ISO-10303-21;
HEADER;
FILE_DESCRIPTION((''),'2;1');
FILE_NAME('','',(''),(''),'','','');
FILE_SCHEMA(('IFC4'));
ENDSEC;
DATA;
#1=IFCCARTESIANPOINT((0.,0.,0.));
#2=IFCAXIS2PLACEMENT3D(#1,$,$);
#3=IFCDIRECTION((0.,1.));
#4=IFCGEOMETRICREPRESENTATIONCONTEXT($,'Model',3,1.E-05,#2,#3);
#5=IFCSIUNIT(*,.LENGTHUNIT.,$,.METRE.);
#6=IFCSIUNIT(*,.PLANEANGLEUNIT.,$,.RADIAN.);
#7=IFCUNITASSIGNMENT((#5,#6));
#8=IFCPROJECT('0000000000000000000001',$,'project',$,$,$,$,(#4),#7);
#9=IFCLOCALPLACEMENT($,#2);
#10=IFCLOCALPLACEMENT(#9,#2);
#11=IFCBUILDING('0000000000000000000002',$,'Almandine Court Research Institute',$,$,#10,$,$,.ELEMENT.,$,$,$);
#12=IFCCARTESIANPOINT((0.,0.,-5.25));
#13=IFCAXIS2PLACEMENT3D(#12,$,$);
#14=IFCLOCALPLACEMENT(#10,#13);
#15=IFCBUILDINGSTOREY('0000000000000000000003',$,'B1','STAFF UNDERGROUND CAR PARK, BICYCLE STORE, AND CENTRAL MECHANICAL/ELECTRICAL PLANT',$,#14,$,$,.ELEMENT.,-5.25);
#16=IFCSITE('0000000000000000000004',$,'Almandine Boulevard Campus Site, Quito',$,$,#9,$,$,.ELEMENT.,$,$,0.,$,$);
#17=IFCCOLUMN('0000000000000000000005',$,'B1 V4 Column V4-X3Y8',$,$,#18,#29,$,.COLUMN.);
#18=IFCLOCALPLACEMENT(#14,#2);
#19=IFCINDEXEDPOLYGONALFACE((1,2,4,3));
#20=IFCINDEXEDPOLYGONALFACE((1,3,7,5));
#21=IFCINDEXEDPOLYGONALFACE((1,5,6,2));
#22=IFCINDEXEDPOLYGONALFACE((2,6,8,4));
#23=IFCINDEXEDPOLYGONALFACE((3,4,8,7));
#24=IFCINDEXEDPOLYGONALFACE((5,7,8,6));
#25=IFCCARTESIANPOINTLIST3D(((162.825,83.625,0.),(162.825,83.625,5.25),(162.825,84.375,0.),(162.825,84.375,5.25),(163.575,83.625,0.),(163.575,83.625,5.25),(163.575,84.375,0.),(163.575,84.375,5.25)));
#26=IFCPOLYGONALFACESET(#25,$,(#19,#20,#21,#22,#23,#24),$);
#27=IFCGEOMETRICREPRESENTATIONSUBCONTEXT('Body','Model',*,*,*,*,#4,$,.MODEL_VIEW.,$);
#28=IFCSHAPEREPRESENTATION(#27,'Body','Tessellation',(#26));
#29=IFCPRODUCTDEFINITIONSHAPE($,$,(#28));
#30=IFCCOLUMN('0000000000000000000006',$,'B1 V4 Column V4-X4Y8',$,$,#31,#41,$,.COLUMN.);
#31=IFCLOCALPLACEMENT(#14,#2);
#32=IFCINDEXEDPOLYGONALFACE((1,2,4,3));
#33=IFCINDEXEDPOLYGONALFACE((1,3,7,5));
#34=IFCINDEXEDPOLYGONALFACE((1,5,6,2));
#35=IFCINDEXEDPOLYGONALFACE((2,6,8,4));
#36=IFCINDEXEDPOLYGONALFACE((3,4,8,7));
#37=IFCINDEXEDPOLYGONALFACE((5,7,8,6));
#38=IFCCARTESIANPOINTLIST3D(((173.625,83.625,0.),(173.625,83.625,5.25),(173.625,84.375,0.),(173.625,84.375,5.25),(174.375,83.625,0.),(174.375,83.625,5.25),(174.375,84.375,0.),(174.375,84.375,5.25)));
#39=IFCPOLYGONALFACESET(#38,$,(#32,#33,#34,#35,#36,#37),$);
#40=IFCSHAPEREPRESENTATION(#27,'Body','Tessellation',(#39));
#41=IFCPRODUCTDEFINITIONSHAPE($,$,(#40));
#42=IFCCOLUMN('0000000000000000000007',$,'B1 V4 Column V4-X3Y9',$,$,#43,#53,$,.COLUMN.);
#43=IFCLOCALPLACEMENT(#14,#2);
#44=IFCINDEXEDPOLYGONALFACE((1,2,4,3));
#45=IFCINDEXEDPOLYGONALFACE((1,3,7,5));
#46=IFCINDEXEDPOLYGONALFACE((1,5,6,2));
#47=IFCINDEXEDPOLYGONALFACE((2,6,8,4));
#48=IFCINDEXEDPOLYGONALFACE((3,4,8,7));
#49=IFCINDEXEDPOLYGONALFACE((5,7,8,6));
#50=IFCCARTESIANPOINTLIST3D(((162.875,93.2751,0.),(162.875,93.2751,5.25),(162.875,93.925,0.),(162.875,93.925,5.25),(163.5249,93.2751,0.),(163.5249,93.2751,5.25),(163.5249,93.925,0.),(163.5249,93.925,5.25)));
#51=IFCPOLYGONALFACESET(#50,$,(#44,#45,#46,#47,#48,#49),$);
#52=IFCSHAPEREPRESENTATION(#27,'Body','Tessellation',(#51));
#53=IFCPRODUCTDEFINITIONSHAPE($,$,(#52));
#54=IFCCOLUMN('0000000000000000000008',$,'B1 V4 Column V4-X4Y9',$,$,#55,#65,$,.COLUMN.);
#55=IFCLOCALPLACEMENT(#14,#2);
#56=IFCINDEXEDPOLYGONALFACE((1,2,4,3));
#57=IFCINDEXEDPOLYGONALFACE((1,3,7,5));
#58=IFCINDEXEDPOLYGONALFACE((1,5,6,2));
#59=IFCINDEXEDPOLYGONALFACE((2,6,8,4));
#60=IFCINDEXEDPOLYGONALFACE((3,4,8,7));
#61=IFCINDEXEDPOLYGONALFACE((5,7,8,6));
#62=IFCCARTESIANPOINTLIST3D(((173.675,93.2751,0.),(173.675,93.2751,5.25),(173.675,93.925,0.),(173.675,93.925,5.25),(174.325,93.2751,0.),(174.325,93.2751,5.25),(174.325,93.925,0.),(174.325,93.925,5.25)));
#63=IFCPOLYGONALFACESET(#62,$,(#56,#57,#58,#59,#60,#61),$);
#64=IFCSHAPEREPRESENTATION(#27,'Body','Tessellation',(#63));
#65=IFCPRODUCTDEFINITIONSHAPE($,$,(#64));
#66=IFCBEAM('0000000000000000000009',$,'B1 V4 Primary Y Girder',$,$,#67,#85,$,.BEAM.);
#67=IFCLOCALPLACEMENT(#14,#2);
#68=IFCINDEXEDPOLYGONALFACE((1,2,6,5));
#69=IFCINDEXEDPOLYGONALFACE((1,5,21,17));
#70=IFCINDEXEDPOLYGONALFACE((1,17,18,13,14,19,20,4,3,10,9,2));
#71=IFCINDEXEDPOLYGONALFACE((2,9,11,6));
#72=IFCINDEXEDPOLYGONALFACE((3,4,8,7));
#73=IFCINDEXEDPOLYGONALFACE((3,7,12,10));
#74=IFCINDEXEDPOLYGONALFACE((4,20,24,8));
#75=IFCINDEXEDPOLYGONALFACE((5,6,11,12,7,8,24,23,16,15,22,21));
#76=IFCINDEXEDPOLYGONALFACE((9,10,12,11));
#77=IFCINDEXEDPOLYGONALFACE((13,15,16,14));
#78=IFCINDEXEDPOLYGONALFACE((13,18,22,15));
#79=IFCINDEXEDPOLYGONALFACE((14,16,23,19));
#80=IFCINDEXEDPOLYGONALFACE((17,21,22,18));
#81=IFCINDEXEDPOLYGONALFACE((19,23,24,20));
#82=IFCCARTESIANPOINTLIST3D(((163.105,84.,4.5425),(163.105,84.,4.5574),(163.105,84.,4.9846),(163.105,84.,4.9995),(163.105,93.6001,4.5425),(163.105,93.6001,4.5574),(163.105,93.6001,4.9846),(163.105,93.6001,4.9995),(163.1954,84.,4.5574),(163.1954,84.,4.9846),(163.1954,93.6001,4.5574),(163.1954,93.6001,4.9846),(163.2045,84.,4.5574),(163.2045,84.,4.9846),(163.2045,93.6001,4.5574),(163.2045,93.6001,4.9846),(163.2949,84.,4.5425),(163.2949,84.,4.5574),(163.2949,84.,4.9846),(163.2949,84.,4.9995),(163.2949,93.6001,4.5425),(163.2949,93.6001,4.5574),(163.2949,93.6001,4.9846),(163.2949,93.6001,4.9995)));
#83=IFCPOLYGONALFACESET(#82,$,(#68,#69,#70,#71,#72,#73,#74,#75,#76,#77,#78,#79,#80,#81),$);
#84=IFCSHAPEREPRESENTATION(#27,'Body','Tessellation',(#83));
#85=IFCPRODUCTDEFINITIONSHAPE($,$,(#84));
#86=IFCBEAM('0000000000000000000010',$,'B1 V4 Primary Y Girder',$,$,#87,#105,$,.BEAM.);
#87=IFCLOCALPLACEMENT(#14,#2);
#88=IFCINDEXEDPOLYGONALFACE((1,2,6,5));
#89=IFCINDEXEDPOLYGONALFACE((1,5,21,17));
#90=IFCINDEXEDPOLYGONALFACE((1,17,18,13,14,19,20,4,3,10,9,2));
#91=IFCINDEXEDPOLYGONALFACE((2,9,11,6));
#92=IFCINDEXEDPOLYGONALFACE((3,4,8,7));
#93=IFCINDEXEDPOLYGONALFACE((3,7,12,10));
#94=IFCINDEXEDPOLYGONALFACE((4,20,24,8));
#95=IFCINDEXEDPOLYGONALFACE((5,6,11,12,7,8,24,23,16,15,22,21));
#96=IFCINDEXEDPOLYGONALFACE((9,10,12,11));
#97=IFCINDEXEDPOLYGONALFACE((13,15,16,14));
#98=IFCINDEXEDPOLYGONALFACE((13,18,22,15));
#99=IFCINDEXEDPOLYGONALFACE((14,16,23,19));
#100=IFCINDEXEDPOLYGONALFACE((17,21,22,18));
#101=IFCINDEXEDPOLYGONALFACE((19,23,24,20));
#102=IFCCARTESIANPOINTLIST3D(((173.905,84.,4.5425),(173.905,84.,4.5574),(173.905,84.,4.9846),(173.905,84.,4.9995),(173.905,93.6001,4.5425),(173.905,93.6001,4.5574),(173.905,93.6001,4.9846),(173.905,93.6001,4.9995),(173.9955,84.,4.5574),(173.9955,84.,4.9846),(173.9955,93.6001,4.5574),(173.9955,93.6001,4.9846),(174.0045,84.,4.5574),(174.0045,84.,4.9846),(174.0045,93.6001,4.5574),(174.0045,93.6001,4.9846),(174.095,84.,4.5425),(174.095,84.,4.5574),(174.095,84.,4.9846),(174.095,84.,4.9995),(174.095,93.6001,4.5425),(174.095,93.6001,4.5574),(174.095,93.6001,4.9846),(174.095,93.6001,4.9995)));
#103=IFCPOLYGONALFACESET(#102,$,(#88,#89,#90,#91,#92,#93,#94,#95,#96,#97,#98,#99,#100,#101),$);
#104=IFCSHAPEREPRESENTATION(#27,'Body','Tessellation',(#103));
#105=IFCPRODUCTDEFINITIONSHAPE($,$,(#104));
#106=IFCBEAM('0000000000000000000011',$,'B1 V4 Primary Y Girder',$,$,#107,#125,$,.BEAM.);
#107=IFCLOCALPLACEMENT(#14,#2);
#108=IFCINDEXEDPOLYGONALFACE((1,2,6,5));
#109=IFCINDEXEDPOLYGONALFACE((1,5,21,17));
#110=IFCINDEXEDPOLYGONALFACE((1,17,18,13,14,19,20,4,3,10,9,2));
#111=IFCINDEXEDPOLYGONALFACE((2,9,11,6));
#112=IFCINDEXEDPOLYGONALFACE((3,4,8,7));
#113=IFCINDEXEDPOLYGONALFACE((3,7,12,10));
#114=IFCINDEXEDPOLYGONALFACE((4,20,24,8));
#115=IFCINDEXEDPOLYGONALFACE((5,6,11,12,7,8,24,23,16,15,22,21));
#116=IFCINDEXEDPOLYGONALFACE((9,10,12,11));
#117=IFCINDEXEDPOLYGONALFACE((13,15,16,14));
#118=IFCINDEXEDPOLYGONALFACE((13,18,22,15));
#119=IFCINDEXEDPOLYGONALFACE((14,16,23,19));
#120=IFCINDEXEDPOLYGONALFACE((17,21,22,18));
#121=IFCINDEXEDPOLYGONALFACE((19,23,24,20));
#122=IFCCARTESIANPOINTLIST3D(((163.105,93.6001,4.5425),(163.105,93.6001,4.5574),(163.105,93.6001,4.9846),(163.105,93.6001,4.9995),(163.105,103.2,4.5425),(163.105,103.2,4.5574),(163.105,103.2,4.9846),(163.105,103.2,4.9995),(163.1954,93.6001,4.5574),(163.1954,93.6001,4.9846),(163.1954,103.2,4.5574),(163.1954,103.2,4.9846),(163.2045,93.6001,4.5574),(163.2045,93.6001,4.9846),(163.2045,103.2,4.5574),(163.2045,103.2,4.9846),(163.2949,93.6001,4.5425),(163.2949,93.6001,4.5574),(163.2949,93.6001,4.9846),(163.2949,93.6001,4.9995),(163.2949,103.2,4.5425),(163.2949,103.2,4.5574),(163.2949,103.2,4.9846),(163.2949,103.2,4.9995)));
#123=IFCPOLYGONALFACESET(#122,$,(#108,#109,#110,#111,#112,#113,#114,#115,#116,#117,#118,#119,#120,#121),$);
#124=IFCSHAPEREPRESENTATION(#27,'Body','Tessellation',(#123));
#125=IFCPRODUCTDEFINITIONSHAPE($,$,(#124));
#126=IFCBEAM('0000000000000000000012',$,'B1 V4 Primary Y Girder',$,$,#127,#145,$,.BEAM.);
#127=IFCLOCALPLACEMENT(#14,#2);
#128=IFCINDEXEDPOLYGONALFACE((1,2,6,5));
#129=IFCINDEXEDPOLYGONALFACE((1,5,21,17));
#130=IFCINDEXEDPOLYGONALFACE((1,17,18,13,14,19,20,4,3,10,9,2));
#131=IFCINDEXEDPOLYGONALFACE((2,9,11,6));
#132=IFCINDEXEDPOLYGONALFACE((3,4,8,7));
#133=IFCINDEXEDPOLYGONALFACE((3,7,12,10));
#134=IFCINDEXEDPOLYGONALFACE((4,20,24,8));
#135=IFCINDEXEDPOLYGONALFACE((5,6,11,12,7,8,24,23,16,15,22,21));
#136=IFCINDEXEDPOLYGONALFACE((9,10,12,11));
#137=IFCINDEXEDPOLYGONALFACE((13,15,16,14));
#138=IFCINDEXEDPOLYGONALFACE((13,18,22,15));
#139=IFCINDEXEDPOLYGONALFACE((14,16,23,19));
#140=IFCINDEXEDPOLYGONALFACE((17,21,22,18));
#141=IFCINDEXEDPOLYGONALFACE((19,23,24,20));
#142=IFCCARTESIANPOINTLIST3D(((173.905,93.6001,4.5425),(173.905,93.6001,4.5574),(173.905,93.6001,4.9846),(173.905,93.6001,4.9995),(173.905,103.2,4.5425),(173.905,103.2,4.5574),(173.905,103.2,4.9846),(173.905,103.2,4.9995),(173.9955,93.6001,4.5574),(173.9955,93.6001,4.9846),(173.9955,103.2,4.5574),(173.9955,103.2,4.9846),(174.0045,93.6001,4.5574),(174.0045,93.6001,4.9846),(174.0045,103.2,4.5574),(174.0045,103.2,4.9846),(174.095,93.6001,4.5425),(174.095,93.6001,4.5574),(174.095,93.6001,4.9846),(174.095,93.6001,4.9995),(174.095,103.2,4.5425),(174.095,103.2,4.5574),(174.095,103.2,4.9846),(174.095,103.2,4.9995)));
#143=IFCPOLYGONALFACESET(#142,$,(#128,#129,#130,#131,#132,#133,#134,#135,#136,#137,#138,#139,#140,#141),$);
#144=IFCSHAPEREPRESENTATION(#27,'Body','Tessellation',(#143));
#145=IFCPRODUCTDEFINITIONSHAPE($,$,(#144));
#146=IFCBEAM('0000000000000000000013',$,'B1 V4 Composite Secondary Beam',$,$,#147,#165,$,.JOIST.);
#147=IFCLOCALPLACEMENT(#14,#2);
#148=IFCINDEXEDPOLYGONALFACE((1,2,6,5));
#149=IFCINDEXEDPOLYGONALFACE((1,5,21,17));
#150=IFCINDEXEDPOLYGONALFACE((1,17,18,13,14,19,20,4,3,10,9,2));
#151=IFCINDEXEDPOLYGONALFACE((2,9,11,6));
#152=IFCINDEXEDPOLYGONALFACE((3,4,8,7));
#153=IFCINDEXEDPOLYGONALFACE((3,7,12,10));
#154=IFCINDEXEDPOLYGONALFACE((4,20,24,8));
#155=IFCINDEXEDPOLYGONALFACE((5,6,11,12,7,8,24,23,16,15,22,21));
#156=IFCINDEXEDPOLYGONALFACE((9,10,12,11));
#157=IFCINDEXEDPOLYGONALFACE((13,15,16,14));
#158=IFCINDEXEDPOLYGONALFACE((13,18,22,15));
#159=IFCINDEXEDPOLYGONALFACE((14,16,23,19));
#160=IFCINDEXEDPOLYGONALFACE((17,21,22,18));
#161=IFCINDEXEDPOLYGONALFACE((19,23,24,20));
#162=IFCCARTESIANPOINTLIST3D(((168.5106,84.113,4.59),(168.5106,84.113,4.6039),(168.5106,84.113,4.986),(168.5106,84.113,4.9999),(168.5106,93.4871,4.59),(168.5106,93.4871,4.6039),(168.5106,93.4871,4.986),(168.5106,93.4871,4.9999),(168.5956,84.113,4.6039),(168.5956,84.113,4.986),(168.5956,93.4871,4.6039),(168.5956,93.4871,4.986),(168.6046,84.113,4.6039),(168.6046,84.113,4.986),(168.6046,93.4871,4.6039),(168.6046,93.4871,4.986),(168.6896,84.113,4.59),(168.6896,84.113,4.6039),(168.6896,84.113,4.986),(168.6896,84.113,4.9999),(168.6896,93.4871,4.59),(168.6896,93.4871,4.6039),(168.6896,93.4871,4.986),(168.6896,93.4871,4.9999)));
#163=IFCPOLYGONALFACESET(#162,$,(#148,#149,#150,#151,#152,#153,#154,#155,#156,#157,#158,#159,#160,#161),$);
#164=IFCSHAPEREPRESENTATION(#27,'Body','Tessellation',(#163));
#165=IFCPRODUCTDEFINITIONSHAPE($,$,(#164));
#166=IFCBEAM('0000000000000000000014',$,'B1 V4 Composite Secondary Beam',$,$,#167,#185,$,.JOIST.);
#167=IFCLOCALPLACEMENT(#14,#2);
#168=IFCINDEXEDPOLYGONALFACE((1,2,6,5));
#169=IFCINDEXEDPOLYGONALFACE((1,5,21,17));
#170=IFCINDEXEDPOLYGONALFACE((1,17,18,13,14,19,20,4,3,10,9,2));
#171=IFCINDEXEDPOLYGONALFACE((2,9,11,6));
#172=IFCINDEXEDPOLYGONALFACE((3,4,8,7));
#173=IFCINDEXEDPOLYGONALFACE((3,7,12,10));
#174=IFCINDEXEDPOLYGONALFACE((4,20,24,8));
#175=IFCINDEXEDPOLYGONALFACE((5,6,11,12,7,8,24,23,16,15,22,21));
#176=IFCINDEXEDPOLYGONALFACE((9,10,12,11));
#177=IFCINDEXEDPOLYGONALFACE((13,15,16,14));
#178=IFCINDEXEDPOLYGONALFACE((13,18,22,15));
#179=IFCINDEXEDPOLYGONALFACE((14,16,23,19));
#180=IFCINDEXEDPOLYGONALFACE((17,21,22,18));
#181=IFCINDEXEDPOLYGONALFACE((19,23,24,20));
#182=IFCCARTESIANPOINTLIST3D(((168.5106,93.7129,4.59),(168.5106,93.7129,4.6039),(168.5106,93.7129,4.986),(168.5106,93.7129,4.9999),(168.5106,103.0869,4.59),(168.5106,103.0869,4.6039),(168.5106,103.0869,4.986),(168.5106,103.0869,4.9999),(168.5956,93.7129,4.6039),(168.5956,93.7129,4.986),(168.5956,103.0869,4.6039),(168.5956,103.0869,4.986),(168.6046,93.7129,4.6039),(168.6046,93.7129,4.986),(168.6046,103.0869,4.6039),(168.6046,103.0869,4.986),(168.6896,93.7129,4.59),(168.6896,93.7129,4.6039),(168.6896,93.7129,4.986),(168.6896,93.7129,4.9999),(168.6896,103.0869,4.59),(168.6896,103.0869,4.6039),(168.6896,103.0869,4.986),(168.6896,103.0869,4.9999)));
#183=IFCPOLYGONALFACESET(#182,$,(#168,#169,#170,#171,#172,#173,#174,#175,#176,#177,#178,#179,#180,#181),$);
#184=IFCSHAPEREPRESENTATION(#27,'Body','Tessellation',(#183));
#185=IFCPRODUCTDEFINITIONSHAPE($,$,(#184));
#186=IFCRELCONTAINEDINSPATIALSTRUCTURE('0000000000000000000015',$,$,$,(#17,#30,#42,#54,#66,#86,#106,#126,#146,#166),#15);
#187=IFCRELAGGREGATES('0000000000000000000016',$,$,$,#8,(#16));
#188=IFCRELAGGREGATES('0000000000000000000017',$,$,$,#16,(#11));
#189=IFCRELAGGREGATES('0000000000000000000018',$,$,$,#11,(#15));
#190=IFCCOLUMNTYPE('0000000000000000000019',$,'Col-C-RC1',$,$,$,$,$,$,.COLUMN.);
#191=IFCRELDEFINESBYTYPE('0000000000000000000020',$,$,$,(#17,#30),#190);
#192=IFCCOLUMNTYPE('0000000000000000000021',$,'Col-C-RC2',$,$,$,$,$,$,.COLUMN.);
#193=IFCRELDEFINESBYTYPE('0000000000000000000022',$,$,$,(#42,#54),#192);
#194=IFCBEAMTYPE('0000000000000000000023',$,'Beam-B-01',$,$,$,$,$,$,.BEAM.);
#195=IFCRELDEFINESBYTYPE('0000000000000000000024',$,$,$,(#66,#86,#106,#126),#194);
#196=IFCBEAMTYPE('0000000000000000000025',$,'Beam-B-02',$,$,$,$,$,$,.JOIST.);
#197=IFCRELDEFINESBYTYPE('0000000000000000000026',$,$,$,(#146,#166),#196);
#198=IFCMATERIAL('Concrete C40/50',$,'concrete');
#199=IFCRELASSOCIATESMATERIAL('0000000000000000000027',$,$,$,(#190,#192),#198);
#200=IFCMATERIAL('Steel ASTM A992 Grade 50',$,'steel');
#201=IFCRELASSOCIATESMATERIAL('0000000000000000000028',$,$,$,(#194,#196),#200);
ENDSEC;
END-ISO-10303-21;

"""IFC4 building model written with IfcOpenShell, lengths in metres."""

from ifc_helpers import new_model, si_unit, direction, frame, origin, origin_2d, place, context, subcontext, project, spatial, rectangle, i_section, extrude, material, material_profile, profile_set, type_object, element, save


model = new_model("IFC4")

# Units and contexts
model_context = context("Model", 3, precision=1e-05, world=origin(), true_north=direction((0.0, 1.0)))
body_context = subcontext(model_context, "Body", "Model", "MODEL_VIEW")
ifc_project = project(units=[si_unit("LENGTHUNIT", "METRE"), si_unit("PLANEANGLEUNIT", "RADIAN")], contexts=[model_context])

# Site, building, storey
site_placement = place(None, origin())
site = spatial("IfcSite", under=ifc_project, at=site_placement, Name="Almandine Boulevard Campus Site, Quito", CompositionType="ELEMENT", RefElevation=0.0)
building_placement = place(site_placement, origin())
building = spatial("IfcBuilding", under=site, at=building_placement, Name="Almandine Court Research Institute", CompositionType="ELEMENT")
storey_placement = place(building_placement, frame((0.0, 0.0, -5.25)))
storey = spatial("IfcBuildingStorey", under=building, at=storey_placement, Name="B1", Description="STAFF UNDERGROUND CAR PARK, BICYCLE STORE, AND CENTRAL MECHANICAL/ELECTRICAL PLANT", CompositionType="ELEMENT", Elevation=-5.25)

# Columns
ifc_material_1 = material(Name="Concrete C40/50", Category="concrete")
ifc_material_profile_1 = material_profile(ifc_material_1, rectangle(XDim=0.75, YDim=0.75, at=origin_2d()), Name="RC 750x750")
ifc_profile_set_1 = profile_set([ifc_material_profile_1], Name="Concrete C40/50")
column_type_1 = type_object("IfcColumnType", Name="Col-C-RC1", PredefinedType="COLUMN", material=ifc_profile_set_1)
for number, where, z_axis, x_axis, name in (
    (1, (163.2, 84.0, 0.0), (0.0, 0.0, 1.0), (1.0, 0.0, 0.0), "B1 V4 Column V4-X3Y8"),
    (2, (174.0, 84.0, 0.0), (0.0, 0.0, 1.0), (1.0, 0.0, 0.0), "B1 V4 Column V4-X4Y8"),
):
    element("IfcColumn", number, at=place(storey_placement, frame(where, z_axis=z_axis, x_axis=x_axis)), inside=storey, type_object=column_type_1, Name=name, PredefinedType="COLUMN", context=body_context, shape_type="SweptSolid", body=[
        extrude(rectangle(XDim=0.75, YDim=0.75, at=origin_2d()), origin(), (0.0, 0.0, 1.0), 5.25),
    ])
ifc_material_profile_2 = material_profile(ifc_material_1, rectangle(XDim=0.6499, YDim=0.6499, at=origin_2d()), Name="RC 650x650")
ifc_profile_set_2 = profile_set([ifc_material_profile_2], Name="Concrete C40/50")
column_type_2 = type_object("IfcColumnType", Name="Col-C-RC2", PredefinedType="COLUMN", material=ifc_profile_set_2)
for number, where, z_axis, x_axis, name in (
    (3, (163.2, 93.6001, 0.0), (0.0, 0.0, 1.0), (1.0, 0.0, 0.0), "B1 V4 Column V4-X3Y9"),
    (4, (174.0, 93.6001, 0.0), (0.0, 0.0, 1.0), (1.0, 0.0, 0.0), "B1 V4 Column V4-X4Y9"),
):
    element("IfcColumn", number, at=place(storey_placement, frame(where, z_axis=z_axis, x_axis=x_axis)), inside=storey, type_object=column_type_2, Name=name, PredefinedType="COLUMN", context=body_context, shape_type="SweptSolid", body=[
        extrude(rectangle(XDim=0.6499, YDim=0.6499, at=origin_2d()), origin(), (0.0, 0.0, 1.0), 5.25),
    ])

# Beams
ifc_material_2 = material(Name="Steel ASTM A992 Grade 50", Category="steel")
ifc_material_profile_3 = material_profile(ifc_material_2, i_section(OverallWidth=0.1899, OverallDepth=0.457, WebThickness=0.009, FlangeThickness=0.0149, at=origin_2d()), Name="W460x74")
ifc_profile_set_3 = profile_set([ifc_material_profile_3], Name="Steel ASTM A992 Grade 50")
beam_type_1 = type_object("IfcBeamType", Name="Beam-B-01", PredefinedType="BEAM", material=ifc_profile_set_3)
for number, where, z_axis, x_axis, name in (
    (5, (163.2, 84.0, 4.771), (0.0, 1.0, 0.0), (-1.0, 0.0, 0.0), "B1 V4 Primary Y Girder"),
    (6, (174.0, 84.0, 4.771), (0.0, 1.0, 0.0), (-1.0, 0.0, 0.0), "B1 V4 Primary Y Girder"),
):
    element("IfcBeam", number, at=place(storey_placement, frame(where, z_axis=z_axis, x_axis=x_axis)), inside=storey, type_object=beam_type_1, Name=name, PredefinedType="BEAM", context=body_context, shape_type="SweptSolid", body=[
        extrude(i_section(OverallWidth=0.1899, OverallDepth=0.457, WebThickness=0.009, FlangeThickness=0.0149, at=origin_2d()), origin(), (0.0, 0.0, 1.0), 9.6001),
    ])
for number, where, z_axis, x_axis, name in (
    (7, (163.2, 93.6001, 4.771), (0.0, 1.0, 0.0), (-1.0, 0.0, 0.0), "B1 V4 Primary Y Girder"),
    (8, (174.0, 93.6001, 4.771), (0.0, 1.0, 0.0), (-1.0, 0.0, 0.0), "B1 V4 Primary Y Girder"),
):
    element("IfcBeam", number, at=place(storey_placement, frame(where, z_axis=z_axis, x_axis=x_axis)), inside=storey, type_object=beam_type_1, Name=name, PredefinedType="BEAM", context=body_context, shape_type="SweptSolid", body=[
        extrude(i_section(OverallWidth=0.1899, OverallDepth=0.457, WebThickness=0.009, FlangeThickness=0.0149, at=origin_2d()), origin(), (0.0, 0.0, 1.0), 9.5999),
    ])
ifc_material_profile_4 = material_profile(ifc_material_2, i_section(OverallWidth=0.179, OverallDepth=0.4099, WebThickness=0.009, FlangeThickness=0.0139, at=origin_2d()), Name="W410x67")
ifc_profile_set_4 = profile_set([ifc_material_profile_4], Name="Steel ASTM A992 Grade 50")
beam_type_2 = type_object("IfcBeamType", Name="Beam-B-02", PredefinedType="JOIST", material=ifc_profile_set_4)
for number, where, z_axis, x_axis, name in (
    (9, (168.6001, 84.113, 4.7949), (0.0, 1.0, 0.0), (-1.0, 0.0, 0.0), "B1 V4 Composite Secondary Beam"),
    (10, (168.6001, 93.7129, 4.7949), (0.0, 1.0, 0.0), (-1.0, 0.0, 0.0), "B1 V4 Composite Secondary Beam"),
):
    element("IfcBeam", number, at=place(storey_placement, frame(where, z_axis=z_axis, x_axis=x_axis)), inside=storey, type_object=beam_type_2, Name=name, PredefinedType="JOIST", context=body_context, shape_type="SweptSolid", body=[
        extrude(i_section(OverallWidth=0.179, OverallDepth=0.4099, WebThickness=0.009, FlangeThickness=0.0139, at=origin_2d()), origin(), (0.0, 0.0, 1.0), 9.374),
    ])

save(model, "model.ifc")
